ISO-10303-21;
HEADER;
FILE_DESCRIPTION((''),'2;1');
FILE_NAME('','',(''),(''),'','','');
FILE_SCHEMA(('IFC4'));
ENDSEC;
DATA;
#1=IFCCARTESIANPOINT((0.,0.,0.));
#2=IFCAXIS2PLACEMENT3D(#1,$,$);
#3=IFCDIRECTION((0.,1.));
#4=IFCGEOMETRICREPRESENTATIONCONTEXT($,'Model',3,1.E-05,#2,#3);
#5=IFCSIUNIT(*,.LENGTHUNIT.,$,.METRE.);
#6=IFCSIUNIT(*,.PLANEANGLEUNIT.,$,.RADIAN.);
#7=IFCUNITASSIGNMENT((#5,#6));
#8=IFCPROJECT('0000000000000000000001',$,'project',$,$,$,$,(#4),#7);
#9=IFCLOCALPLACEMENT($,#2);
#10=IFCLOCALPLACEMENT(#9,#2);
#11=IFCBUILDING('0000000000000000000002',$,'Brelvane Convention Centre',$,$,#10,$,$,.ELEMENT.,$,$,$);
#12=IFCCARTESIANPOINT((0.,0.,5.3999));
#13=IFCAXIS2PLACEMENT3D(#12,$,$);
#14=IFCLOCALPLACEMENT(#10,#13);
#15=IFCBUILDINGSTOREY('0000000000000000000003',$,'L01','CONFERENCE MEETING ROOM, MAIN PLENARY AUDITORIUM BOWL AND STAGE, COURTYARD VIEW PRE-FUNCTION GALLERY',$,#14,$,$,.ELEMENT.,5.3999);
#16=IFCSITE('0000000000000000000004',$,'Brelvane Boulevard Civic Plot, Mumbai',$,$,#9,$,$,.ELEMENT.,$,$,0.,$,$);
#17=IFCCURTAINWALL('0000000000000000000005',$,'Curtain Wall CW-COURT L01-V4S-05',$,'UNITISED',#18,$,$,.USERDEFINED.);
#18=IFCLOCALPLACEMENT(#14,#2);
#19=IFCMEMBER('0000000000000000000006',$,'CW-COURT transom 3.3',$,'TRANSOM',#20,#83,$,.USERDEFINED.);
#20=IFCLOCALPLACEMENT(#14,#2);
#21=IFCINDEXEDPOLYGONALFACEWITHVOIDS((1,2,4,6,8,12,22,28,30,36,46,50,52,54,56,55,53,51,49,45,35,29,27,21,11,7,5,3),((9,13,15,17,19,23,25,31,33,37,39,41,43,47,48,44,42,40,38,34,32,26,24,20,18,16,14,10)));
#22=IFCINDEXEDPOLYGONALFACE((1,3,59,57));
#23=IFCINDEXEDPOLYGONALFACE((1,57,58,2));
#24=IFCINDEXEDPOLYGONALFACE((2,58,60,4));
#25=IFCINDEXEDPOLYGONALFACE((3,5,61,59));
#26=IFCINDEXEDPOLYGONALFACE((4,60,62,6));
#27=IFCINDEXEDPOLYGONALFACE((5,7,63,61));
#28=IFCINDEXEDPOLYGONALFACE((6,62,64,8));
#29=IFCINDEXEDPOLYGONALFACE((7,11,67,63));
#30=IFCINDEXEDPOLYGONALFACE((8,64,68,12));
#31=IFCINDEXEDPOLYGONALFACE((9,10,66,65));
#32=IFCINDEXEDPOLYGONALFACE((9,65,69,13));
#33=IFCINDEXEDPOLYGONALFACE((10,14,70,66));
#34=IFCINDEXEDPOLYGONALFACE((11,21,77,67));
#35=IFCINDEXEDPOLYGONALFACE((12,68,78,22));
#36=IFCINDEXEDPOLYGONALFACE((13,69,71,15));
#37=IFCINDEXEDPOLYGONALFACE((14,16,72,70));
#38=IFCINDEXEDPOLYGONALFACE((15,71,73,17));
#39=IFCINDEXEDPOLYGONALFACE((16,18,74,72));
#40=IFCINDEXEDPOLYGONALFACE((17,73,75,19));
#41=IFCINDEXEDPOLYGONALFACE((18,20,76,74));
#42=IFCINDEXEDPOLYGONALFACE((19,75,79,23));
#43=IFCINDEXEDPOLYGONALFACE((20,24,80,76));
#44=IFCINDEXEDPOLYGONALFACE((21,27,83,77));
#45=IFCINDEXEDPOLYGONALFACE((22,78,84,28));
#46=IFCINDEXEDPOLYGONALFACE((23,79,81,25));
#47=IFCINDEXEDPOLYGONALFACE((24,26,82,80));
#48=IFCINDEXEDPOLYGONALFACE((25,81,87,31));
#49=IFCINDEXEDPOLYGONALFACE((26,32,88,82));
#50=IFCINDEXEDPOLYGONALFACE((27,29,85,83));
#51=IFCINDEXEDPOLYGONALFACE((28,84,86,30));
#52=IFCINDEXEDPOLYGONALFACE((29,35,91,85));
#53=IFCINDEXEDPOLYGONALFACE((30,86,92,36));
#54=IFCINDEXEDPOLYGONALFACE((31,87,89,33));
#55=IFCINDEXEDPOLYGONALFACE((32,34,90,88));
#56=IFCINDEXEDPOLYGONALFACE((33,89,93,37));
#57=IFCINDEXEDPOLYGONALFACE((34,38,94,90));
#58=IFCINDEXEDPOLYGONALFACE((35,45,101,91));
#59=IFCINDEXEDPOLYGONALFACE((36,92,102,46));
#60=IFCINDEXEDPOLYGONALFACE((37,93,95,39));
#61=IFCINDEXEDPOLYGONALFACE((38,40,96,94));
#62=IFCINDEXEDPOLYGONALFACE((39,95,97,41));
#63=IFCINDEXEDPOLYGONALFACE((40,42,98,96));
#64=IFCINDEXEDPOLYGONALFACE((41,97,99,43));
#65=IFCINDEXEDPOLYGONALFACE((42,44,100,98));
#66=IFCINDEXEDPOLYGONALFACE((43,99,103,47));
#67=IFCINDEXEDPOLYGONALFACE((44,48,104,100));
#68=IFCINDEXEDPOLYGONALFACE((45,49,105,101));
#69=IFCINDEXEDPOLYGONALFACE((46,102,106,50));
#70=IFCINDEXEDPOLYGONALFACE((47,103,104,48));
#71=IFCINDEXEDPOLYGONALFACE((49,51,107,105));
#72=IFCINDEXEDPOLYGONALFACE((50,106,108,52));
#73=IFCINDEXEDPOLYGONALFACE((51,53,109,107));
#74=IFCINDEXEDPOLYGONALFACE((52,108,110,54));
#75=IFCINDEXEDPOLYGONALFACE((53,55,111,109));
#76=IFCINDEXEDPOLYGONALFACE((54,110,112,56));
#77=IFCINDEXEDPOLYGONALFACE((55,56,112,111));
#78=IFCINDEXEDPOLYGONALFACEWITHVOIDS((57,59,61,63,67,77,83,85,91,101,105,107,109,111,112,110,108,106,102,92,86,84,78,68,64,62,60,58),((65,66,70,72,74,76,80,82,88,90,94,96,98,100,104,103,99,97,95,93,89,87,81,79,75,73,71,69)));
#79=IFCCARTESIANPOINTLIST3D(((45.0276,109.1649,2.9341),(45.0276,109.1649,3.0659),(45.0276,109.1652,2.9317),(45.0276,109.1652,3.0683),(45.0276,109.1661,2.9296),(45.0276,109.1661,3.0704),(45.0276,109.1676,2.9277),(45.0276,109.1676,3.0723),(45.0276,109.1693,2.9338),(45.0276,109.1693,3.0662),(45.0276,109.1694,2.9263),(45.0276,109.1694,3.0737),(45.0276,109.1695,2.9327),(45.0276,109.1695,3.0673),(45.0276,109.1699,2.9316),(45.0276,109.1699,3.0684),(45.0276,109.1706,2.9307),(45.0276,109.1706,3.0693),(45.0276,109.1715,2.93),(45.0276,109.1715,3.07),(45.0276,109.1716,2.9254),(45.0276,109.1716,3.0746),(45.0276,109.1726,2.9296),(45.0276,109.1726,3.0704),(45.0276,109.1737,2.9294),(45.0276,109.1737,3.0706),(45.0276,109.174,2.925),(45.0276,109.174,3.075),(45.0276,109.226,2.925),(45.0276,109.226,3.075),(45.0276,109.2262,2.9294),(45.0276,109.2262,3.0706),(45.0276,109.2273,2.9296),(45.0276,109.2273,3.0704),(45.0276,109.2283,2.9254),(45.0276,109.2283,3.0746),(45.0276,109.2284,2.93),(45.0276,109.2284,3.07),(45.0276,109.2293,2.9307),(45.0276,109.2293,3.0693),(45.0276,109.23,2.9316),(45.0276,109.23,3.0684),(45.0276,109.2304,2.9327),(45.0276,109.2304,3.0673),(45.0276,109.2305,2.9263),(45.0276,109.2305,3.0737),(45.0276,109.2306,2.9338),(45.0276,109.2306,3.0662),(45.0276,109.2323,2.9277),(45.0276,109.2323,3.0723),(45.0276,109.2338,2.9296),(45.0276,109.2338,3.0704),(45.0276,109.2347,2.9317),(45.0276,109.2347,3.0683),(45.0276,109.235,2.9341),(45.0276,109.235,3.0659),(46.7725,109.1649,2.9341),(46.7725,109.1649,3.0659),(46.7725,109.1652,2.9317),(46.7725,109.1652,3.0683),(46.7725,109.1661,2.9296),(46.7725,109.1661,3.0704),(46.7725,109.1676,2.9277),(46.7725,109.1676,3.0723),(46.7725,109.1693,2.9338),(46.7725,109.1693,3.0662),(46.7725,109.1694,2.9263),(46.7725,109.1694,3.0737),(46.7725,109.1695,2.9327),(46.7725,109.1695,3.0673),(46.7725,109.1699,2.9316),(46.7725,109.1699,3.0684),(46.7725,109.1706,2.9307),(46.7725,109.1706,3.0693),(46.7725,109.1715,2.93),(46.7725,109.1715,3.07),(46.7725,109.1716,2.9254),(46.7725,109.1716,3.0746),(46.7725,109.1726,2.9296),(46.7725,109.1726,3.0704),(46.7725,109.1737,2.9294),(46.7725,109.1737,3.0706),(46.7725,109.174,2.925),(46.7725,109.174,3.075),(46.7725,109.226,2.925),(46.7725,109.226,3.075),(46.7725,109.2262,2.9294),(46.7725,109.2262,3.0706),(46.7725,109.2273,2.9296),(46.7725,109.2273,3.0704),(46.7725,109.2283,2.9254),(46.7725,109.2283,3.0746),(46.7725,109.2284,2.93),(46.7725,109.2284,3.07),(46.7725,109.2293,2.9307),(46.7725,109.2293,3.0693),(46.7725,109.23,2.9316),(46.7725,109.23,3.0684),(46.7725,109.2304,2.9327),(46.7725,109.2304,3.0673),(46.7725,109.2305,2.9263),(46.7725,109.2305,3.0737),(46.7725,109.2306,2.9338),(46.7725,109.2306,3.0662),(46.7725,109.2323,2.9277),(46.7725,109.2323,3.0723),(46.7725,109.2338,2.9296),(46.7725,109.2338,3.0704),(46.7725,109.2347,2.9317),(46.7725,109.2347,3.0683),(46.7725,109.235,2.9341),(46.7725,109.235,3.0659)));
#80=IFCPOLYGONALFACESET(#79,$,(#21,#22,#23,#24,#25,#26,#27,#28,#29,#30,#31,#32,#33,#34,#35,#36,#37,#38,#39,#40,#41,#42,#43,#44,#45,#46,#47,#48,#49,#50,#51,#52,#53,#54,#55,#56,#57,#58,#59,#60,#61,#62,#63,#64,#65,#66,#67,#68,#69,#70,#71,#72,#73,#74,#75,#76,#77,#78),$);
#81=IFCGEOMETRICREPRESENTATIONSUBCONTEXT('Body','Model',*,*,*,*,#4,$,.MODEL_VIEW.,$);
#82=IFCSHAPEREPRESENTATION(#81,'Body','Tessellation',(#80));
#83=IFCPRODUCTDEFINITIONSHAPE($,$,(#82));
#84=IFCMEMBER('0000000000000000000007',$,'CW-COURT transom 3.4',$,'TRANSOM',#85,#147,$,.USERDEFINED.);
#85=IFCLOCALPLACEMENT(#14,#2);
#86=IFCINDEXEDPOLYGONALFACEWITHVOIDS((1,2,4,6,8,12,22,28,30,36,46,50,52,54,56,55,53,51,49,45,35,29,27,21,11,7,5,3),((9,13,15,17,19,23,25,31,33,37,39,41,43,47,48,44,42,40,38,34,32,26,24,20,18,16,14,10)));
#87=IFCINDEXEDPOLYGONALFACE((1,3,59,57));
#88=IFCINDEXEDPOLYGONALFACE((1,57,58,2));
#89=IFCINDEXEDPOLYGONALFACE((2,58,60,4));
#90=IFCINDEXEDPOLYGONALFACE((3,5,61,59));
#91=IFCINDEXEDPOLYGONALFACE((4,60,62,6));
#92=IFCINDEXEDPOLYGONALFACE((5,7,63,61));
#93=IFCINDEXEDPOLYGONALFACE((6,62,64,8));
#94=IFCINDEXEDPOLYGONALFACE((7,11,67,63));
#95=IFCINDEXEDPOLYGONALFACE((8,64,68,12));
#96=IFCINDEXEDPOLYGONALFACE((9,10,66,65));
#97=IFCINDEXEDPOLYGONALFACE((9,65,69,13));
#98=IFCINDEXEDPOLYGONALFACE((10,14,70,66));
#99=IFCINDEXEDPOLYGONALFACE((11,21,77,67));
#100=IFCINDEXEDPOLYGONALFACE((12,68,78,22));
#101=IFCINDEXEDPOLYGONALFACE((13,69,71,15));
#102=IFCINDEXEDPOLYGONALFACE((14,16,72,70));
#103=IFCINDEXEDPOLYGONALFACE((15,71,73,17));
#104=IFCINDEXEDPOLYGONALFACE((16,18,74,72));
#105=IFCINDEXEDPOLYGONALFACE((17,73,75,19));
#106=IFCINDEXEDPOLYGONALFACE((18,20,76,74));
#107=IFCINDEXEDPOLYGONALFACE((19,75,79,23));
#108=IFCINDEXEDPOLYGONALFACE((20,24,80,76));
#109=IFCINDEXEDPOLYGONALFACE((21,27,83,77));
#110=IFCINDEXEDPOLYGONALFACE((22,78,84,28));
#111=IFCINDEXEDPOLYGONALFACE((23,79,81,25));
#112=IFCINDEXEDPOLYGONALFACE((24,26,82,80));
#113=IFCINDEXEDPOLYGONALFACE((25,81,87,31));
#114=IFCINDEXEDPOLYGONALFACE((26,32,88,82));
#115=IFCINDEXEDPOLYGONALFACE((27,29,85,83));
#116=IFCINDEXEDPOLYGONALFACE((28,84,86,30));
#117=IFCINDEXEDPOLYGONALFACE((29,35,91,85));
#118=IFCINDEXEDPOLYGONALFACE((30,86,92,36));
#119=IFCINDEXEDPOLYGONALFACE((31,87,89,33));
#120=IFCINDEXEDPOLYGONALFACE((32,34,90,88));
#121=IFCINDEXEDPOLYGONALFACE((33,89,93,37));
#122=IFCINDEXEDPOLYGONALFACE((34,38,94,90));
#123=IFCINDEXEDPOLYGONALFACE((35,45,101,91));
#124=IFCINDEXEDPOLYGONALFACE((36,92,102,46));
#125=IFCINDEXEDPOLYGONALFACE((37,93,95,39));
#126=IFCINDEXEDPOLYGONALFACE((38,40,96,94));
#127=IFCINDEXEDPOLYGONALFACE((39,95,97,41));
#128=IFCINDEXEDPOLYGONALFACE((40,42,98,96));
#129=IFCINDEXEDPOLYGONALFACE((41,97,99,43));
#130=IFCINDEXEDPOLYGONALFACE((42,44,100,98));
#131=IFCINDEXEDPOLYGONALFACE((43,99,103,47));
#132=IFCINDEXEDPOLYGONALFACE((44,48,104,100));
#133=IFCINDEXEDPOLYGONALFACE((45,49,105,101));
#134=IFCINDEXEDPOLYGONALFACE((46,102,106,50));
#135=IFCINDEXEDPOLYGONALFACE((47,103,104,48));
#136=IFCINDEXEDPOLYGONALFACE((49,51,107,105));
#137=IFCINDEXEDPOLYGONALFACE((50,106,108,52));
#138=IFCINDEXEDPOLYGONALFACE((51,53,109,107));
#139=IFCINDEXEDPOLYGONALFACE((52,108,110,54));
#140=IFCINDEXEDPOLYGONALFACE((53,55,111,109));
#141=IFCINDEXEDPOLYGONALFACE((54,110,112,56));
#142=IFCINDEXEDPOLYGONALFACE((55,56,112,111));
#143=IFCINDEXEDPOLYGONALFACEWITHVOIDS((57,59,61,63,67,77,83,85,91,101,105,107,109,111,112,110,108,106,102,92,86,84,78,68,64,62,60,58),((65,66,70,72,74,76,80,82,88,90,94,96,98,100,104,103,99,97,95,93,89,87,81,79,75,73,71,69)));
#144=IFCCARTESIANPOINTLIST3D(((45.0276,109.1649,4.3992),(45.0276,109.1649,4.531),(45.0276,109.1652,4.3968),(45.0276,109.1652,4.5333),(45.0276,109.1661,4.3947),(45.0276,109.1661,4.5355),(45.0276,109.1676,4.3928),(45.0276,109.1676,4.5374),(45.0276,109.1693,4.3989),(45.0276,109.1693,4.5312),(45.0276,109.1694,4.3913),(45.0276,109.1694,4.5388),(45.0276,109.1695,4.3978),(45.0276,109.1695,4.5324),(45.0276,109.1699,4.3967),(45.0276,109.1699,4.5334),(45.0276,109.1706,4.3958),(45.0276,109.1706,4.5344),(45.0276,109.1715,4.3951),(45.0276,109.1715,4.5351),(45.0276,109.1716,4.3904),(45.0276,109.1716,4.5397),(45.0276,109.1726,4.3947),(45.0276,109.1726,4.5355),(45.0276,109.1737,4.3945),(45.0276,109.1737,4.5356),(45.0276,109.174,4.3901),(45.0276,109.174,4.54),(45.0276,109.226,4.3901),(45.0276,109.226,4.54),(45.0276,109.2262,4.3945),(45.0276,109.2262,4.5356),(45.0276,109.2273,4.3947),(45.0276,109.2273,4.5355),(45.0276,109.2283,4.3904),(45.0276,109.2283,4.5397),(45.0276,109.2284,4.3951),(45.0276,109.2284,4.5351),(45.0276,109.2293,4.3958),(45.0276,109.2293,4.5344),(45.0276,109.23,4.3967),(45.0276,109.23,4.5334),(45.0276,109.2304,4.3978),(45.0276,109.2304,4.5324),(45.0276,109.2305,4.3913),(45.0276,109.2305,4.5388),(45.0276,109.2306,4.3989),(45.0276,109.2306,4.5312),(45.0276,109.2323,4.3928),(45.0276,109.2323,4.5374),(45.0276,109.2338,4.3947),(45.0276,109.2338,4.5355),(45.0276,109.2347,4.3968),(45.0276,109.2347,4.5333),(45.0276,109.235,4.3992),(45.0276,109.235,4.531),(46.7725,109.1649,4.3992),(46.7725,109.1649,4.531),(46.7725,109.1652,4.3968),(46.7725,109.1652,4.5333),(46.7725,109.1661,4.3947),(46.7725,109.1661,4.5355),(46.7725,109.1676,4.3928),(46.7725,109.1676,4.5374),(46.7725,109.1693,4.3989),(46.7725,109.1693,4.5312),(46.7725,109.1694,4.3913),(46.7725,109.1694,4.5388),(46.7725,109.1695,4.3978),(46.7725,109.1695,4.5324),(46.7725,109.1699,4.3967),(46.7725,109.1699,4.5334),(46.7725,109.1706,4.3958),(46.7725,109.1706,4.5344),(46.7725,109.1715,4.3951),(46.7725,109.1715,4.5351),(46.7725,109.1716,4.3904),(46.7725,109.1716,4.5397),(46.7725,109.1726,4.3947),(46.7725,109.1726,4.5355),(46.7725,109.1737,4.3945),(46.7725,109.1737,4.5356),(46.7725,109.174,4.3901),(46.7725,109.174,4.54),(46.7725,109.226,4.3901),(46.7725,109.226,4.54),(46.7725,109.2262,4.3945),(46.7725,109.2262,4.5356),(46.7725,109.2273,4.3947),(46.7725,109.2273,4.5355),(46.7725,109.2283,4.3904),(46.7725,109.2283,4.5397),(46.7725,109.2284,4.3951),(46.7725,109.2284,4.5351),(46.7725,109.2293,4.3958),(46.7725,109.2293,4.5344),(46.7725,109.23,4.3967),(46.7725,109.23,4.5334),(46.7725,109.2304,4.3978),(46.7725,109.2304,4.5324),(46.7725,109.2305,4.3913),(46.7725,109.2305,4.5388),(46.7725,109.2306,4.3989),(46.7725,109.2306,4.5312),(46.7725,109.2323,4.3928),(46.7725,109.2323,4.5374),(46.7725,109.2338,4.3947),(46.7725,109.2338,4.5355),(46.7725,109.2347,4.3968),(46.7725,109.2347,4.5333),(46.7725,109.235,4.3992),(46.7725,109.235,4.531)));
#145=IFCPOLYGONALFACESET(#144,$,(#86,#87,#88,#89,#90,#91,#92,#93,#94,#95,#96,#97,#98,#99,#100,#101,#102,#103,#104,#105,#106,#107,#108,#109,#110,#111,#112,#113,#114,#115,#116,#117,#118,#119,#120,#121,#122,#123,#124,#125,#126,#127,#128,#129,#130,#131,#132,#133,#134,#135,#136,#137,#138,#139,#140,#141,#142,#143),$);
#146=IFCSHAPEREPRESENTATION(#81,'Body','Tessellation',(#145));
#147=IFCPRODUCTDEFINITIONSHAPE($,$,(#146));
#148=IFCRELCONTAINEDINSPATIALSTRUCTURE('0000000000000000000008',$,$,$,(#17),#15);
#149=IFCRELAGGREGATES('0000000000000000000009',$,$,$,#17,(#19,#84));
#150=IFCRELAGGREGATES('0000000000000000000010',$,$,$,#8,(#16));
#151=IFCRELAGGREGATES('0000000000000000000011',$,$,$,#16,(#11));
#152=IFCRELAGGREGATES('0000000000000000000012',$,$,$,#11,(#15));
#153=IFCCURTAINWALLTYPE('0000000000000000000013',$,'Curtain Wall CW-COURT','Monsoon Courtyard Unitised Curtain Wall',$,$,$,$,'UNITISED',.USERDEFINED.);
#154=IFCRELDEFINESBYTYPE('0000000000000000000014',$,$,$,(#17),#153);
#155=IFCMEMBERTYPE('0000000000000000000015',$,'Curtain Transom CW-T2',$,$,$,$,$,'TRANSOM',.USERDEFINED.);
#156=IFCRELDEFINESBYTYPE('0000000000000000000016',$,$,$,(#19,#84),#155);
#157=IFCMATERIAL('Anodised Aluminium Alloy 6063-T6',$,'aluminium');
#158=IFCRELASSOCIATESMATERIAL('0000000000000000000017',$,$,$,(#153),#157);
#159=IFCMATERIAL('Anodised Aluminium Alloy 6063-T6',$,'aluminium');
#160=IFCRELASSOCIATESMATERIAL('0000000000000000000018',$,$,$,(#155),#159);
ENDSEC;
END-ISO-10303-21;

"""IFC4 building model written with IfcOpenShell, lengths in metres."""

from ifc_helpers import new_model, si_unit, direction, frame, origin, origin_2d, place, context, subcontext, project, spatial, hollow_rectangle, extrude, material, material_profile, profile_set, type_object, element, aggregate, save


model = new_model("IFC4")

# Units and contexts
model_context = context("Model", 3, precision=1e-05, world=origin(), true_north=direction((0.0, 1.0)))
body_context = subcontext(model_context, "Body", "Model", "MODEL_VIEW")
ifc_project = project(units=[si_unit("LENGTHUNIT", "METRE"), si_unit("PLANEANGLEUNIT", "RADIAN")], contexts=[model_context])

# Site, building, storey
site_placement = place(None, origin())
site = spatial("IfcSite", under=ifc_project, at=site_placement, Name="Brelvane Boulevard Civic Plot, Mumbai", CompositionType="ELEMENT", RefElevation=0.0)
building_placement = place(site_placement, origin())
building = spatial("IfcBuilding", under=site, at=building_placement, Name="Brelvane Convention Centre", CompositionType="ELEMENT")
storey_placement = place(building_placement, frame((0.0, 0.0, 5.3999)))
storey = spatial("IfcBuildingStorey", under=building, at=storey_placement, Name="L01", Description="CONFERENCE MEETING ROOM, MAIN PLENARY AUDITORIUM BOWL AND STAGE, COURTYARD VIEW PRE-FUNCTION GALLERY", CompositionType="ELEMENT", Elevation=5.3999)

# Curtain wall, members
ifc_material_1 = material(Name="Anodised Aluminium Alloy 6063-T6", Category="aluminium")
curtain_wall_type = type_object("IfcCurtainWallType", Name="Curtain Wall CW-COURT", Description="Monsoon Courtyard Unitised Curtain Wall", ElementType="UNITISED", PredefinedType="USERDEFINED", material=ifc_material_1)
curtain_wall_placement = place(storey_placement, origin())
curtain_wall = element("IfcCurtainWall", 1, at=curtain_wall_placement, inside=storey, type_object=curtain_wall_type, Name="Curtain Wall CW-COURT L01-V4S-05", ObjectType="UNITISED", PredefinedType="USERDEFINED")
ifc_material_2 = material(Name="Anodised Aluminium Alloy 6063-T6", Category="aluminium")
ifc_material_profile_1 = material_profile(ifc_material_2, hollow_rectangle(XDim=0.0701, YDim=0.1499, WallThickness=0.0044, InnerFilletRadius=0.0044, OuterFilletRadius=0.009, at=origin_2d()), Name="ALU-T 150x70x4.5")
ifc_profile_set_1 = profile_set([ifc_material_profile_1], Name="Anodised Aluminium Alloy 6063-T6")
member_type_1 = type_object("IfcMemberType", Name="Curtain Transom CW-T2", ElementType="TRANSOM", PredefinedType="USERDEFINED", material=ifc_profile_set_1)
member_1_placement = place(storey_placement, frame((45.0276, 109.2, 3.0), z_axis=(1.0, 0.0, 0.0), x_axis=(0.0, 1.0, 0.0)))
member_1 = element("IfcMember", 2, at=member_1_placement, type_object=member_type_1, Name="CW-COURT transom 3.3", ObjectType="TRANSOM", PredefinedType="USERDEFINED", context=body_context, shape_type="SweptSolid", body=[
    extrude(hollow_rectangle(XDim=0.0701, YDim=0.1499, WallThickness=0.0044, InnerFilletRadius=0.0044, OuterFilletRadius=0.009, at=origin_2d()), origin(), (0.0, 0.0, 1.0), 1.7449),
])
member_2_placement = place(storey_placement, frame((45.0276, 109.2, 4.4651), z_axis=(1.0, 0.0, 0.0), x_axis=(0.0, 1.0, 0.0)))
member_2 = element("IfcMember", 3, at=member_2_placement, type_object=member_type_1, Name="CW-COURT transom 3.4", ObjectType="TRANSOM", PredefinedType="USERDEFINED", context=body_context, shape_type="SweptSolid", body=[
    extrude(hollow_rectangle(XDim=0.0701, YDim=0.1499, WallThickness=0.0044, InnerFilletRadius=0.0044, OuterFilletRadius=0.009, at=origin_2d()), origin(), (0.0, 0.0, 1.0), 1.7449),
])

aggregate(curtain_wall, [member_1, member_2])

save(model, "model.ifc")
